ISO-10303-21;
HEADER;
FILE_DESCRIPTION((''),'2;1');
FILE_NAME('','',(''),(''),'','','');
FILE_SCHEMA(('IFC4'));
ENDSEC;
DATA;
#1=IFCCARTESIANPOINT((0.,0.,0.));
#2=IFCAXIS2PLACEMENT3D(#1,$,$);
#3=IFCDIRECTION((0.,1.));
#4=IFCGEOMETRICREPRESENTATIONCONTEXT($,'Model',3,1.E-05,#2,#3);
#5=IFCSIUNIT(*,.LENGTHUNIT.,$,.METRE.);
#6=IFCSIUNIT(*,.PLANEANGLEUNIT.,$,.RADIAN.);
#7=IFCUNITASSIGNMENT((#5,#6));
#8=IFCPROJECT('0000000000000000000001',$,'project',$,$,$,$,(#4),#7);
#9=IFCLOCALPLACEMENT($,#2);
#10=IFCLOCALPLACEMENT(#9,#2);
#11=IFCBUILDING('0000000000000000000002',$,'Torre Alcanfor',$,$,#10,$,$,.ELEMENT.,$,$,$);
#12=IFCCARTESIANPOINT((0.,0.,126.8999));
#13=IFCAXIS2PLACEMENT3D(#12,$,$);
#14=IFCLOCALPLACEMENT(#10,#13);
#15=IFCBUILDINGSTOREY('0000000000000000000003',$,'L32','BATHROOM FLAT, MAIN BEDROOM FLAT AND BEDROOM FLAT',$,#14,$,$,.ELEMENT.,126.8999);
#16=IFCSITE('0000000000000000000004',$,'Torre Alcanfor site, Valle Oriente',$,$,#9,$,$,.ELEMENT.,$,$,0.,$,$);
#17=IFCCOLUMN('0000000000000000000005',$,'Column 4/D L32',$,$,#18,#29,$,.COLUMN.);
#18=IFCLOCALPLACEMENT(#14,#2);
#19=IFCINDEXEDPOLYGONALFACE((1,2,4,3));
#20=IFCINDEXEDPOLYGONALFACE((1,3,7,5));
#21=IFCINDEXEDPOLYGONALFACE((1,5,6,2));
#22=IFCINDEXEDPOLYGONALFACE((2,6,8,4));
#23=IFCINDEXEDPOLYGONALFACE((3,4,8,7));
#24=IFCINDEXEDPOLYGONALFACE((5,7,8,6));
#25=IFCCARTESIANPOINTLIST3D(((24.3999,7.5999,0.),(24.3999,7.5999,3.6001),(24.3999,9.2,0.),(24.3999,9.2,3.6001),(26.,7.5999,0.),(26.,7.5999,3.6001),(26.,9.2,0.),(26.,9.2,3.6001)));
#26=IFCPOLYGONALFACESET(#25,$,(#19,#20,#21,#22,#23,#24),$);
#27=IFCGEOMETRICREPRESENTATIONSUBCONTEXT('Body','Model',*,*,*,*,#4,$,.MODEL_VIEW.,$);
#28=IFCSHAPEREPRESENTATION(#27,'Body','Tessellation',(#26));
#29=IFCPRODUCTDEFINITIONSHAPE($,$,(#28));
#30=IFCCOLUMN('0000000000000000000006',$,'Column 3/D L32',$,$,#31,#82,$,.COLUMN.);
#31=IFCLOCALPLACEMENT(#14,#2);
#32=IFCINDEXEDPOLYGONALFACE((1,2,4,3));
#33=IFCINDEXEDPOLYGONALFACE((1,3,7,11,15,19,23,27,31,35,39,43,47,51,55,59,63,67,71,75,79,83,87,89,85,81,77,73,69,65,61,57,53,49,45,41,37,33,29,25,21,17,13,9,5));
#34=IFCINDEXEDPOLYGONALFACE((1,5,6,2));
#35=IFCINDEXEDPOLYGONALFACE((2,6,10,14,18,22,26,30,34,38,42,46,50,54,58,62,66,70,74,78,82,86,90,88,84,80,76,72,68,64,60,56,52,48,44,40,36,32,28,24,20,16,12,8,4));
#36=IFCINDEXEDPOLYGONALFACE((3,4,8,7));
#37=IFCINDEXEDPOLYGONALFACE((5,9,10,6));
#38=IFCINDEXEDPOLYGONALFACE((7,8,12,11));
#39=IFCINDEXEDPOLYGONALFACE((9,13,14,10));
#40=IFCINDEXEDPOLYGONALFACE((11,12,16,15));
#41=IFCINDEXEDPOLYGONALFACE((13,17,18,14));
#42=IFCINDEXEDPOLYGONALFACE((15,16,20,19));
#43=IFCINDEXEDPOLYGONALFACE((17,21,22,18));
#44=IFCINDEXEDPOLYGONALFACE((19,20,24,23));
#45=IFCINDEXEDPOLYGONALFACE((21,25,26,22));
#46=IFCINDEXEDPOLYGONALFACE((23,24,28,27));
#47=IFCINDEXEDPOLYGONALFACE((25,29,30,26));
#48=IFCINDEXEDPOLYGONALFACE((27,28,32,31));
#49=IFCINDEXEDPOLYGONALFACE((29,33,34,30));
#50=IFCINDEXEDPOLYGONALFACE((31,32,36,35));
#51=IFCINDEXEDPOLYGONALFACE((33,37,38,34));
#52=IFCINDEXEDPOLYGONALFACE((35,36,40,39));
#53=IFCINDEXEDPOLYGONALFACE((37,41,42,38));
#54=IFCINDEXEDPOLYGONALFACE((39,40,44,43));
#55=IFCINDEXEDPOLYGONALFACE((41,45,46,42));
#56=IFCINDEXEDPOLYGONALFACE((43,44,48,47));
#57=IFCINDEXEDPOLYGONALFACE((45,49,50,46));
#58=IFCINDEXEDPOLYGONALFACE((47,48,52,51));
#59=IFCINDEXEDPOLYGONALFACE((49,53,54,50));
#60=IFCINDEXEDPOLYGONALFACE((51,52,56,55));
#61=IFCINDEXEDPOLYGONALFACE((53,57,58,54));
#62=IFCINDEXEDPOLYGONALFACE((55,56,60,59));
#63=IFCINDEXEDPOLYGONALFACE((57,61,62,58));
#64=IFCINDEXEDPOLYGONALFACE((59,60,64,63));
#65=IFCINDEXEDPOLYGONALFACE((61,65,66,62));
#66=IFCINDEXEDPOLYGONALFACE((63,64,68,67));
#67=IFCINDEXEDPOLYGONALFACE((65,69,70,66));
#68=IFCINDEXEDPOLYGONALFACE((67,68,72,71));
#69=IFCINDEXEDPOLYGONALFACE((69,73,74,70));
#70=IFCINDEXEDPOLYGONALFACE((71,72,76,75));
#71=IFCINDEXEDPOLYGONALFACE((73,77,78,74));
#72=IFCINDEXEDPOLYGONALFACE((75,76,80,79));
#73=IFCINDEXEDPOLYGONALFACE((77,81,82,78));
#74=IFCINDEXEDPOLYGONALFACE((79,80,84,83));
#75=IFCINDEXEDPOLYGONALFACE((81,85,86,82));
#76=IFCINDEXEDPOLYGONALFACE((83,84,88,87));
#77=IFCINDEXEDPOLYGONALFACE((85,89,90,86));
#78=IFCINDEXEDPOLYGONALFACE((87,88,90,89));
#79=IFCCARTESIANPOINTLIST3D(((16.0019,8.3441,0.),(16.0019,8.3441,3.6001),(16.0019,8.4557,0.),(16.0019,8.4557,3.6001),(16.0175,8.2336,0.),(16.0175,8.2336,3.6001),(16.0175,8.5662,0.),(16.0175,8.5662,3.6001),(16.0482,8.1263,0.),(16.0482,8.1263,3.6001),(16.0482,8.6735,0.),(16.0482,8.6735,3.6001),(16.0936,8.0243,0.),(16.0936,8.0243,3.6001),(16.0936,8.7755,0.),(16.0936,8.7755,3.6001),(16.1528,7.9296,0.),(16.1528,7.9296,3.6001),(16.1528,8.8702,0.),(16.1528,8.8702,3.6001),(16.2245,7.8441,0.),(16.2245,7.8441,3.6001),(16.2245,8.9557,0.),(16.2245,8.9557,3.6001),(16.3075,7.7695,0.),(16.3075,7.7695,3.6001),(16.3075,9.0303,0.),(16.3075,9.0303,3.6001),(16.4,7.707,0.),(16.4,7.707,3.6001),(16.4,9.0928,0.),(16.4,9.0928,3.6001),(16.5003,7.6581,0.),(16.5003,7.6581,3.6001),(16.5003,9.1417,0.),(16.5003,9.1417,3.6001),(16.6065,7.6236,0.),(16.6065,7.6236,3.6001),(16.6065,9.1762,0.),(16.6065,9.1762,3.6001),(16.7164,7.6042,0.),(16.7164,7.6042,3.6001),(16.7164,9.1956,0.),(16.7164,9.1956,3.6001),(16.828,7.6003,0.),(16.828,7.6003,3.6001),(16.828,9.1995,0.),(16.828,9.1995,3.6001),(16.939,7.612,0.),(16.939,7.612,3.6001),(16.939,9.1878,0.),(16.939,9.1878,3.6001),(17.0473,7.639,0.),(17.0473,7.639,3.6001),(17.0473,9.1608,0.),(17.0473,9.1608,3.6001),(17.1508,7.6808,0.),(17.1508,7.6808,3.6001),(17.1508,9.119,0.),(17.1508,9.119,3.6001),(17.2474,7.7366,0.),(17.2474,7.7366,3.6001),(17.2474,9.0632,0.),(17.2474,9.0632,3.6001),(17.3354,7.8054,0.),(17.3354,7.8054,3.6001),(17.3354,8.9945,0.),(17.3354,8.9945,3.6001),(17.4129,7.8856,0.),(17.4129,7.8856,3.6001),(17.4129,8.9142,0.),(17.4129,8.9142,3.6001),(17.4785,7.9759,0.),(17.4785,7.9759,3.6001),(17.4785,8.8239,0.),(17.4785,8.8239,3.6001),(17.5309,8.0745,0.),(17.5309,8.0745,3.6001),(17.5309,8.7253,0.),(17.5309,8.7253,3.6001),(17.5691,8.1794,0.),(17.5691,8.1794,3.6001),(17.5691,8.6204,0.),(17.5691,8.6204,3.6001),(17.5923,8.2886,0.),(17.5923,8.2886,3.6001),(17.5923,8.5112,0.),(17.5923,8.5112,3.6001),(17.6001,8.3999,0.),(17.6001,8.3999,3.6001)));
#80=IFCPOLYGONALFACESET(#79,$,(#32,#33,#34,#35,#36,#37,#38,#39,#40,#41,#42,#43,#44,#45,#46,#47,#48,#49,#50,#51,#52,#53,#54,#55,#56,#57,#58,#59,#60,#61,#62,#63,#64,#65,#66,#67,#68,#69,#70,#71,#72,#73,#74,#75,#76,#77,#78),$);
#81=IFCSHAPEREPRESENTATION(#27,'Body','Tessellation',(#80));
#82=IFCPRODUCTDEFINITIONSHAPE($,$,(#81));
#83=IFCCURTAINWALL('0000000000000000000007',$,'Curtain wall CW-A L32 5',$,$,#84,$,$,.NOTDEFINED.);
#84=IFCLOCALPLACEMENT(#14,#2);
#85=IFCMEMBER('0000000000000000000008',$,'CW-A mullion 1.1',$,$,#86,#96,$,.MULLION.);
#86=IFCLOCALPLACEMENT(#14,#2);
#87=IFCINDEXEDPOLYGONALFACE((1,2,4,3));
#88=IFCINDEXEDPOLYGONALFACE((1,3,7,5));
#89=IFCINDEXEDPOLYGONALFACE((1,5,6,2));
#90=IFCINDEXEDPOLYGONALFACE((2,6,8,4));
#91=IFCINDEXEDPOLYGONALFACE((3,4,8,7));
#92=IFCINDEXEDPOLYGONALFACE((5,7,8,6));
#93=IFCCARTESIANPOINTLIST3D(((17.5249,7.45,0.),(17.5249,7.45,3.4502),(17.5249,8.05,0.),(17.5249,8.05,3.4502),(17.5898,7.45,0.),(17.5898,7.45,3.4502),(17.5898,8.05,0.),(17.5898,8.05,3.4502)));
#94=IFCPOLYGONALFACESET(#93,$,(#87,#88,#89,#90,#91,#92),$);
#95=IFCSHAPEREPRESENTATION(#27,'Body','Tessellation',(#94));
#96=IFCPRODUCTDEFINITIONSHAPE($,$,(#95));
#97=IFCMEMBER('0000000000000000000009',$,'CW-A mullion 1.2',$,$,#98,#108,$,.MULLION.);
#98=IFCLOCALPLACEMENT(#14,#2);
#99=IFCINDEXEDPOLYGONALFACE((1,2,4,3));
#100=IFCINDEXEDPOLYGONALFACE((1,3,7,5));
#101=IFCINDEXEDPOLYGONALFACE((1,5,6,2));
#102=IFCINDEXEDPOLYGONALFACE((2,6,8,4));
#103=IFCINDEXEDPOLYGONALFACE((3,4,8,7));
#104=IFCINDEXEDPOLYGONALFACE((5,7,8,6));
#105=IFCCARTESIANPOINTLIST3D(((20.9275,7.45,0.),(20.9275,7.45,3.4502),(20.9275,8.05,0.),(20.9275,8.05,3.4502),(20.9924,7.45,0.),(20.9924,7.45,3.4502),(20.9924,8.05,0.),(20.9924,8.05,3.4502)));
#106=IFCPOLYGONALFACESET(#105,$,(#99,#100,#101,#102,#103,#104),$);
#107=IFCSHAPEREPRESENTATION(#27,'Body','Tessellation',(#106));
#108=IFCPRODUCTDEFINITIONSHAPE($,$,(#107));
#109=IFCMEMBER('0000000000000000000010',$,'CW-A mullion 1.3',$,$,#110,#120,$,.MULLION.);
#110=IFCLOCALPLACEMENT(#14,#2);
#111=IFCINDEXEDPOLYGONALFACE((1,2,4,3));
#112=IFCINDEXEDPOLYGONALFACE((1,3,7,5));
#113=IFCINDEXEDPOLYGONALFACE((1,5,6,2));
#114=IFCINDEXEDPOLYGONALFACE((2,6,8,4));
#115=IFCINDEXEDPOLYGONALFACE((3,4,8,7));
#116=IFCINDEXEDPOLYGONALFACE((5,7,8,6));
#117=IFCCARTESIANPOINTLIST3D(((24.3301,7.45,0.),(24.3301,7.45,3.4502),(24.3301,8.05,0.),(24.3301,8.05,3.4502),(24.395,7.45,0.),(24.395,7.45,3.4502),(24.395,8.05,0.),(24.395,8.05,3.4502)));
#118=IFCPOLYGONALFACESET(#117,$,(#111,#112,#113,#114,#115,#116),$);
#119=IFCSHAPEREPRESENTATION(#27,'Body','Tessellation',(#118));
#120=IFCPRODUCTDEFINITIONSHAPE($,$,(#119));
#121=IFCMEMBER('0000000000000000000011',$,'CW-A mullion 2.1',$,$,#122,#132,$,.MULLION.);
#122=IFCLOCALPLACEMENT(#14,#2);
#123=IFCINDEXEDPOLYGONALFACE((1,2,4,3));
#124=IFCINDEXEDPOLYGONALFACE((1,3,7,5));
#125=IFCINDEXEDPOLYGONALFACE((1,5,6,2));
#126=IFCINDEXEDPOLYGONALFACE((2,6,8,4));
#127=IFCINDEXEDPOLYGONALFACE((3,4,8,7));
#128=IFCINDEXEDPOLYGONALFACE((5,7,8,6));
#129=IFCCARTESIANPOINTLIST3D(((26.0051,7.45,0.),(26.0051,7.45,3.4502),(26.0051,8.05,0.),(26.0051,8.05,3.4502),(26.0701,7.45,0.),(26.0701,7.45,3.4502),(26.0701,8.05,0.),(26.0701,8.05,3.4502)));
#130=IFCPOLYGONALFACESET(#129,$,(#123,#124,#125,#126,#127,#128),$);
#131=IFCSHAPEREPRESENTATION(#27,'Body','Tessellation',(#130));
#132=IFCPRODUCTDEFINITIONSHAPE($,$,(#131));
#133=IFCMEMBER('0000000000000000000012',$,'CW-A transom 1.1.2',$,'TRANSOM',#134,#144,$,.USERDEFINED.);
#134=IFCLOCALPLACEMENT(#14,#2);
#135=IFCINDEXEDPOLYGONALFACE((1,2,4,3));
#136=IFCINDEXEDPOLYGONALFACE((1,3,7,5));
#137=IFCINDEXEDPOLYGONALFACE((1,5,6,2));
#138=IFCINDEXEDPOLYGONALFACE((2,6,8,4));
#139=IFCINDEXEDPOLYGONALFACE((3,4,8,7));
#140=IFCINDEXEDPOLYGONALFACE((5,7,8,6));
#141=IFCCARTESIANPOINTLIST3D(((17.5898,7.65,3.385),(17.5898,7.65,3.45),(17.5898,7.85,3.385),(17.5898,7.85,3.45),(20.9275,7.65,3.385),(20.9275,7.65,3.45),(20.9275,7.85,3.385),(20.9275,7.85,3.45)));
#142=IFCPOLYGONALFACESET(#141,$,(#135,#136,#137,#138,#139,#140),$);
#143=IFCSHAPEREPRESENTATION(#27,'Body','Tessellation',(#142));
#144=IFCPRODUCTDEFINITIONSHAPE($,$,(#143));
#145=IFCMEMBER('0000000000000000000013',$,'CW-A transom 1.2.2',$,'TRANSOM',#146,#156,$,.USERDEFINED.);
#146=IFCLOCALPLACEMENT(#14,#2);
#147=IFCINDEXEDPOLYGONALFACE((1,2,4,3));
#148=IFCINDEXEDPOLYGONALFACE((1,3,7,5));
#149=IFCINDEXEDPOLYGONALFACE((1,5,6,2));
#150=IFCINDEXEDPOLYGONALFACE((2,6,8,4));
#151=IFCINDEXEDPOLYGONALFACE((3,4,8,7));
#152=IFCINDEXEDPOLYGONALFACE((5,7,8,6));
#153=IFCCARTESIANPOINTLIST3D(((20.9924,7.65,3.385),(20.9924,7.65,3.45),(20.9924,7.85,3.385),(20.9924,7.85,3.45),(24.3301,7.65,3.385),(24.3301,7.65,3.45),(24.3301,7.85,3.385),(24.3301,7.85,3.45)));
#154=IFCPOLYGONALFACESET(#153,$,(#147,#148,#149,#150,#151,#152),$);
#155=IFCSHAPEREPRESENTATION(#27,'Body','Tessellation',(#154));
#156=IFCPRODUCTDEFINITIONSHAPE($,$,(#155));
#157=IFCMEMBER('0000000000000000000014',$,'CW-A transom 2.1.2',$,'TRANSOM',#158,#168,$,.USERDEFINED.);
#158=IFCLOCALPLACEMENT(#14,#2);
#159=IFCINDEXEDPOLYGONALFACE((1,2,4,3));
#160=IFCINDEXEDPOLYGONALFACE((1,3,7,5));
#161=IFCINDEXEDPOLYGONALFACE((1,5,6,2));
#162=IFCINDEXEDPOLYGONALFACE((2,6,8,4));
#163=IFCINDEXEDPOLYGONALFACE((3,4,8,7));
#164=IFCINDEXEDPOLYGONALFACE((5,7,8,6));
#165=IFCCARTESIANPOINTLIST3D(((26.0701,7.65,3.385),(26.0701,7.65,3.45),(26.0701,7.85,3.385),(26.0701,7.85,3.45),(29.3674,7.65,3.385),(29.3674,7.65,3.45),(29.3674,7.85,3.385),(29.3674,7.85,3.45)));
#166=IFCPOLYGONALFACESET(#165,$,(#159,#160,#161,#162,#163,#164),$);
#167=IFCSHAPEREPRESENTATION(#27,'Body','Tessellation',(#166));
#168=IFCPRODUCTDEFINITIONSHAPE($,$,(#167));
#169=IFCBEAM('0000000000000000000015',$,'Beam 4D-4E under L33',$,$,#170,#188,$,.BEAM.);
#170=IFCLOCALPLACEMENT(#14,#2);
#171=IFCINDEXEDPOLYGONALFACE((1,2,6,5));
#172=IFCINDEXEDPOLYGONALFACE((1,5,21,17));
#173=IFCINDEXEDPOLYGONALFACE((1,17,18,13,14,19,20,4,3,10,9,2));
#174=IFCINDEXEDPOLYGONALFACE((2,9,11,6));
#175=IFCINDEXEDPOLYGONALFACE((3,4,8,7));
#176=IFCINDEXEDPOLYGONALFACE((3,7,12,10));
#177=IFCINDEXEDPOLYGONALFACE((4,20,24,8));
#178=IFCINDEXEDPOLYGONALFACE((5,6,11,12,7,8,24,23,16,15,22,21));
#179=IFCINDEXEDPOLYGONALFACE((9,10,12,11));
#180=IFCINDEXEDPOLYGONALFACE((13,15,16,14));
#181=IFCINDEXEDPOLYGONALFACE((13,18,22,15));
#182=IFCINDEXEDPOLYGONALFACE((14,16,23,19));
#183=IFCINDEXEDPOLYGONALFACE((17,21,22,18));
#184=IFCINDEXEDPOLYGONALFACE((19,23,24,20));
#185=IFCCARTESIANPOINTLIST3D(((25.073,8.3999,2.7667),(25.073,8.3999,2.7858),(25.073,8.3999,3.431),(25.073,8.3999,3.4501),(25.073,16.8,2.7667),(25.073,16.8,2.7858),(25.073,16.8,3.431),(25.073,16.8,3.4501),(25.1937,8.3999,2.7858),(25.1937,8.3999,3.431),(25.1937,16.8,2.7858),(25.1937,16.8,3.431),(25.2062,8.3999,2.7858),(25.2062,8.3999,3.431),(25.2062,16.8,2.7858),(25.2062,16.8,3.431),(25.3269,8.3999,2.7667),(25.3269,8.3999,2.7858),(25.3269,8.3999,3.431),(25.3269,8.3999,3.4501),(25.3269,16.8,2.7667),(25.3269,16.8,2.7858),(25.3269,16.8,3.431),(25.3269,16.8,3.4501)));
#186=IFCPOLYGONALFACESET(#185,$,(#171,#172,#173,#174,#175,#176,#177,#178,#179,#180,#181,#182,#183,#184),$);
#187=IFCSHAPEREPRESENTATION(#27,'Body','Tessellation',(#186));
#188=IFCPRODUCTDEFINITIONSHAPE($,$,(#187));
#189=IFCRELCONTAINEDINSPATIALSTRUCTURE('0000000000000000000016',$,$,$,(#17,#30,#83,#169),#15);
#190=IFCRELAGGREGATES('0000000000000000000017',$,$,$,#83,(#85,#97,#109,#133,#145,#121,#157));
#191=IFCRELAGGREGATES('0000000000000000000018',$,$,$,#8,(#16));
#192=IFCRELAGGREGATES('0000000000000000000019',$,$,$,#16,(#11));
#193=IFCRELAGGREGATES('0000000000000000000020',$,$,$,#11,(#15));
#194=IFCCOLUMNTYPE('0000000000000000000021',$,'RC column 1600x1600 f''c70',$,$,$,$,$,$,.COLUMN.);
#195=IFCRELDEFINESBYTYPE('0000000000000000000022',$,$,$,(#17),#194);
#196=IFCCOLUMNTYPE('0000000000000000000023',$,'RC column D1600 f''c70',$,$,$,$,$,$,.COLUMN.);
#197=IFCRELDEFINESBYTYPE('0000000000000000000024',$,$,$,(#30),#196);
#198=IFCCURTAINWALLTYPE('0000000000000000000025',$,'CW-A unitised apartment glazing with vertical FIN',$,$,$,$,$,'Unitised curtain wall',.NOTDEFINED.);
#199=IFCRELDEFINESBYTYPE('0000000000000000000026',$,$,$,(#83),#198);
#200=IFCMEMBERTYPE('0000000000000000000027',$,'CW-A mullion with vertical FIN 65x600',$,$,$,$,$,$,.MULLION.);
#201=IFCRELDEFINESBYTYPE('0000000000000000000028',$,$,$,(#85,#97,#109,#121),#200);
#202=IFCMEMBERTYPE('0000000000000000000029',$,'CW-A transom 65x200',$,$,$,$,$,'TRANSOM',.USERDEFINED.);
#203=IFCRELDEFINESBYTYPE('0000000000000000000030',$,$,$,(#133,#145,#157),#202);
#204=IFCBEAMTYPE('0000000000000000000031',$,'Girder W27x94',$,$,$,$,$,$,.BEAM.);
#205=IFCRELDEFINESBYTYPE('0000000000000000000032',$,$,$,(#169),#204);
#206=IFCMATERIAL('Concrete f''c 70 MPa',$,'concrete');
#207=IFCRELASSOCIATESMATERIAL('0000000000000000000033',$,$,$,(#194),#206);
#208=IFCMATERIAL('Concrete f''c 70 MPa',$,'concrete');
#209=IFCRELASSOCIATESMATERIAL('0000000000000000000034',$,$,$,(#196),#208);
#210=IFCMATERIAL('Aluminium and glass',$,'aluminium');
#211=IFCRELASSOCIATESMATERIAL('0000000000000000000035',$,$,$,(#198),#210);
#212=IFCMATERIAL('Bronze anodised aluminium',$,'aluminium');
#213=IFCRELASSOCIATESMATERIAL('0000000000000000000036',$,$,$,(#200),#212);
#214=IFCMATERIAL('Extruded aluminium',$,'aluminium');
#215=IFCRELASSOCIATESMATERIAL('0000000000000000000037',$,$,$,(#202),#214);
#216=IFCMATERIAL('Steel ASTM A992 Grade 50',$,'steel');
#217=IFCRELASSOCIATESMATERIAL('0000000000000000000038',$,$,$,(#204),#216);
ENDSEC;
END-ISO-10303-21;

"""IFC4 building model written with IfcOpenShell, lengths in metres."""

from ifc_helpers import new_model, si_unit, direction, frame, origin, origin_2d, place, context, subcontext, project, spatial, rectangle, circle, i_section, extrude, material, material_profile, profile_set, type_object, element, aggregate, save


model = new_model("IFC4")

# Units and contexts
model_context = context("Model", 3, precision=1e-05, world=origin(), true_north=direction((0.0, 1.0)))
body_context = subcontext(model_context, "Body", "Model", "MODEL_VIEW")
ifc_project = project(units=[si_unit("LENGTHUNIT", "METRE"), si_unit("PLANEANGLEUNIT", "RADIAN")], contexts=[model_context])

# Site, building, storey
site_placement = place(None, origin())
site = spatial("IfcSite", under=ifc_project, at=site_placement, Name="Torre Alcanfor site, Valle Oriente", CompositionType="ELEMENT", RefElevation=0.0)
building_placement = place(site_placement, origin())
building = spatial("IfcBuilding", under=site, at=building_placement, Name="Torre Alcanfor", CompositionType="ELEMENT")
storey_placement = place(building_placement, frame((0.0, 0.0, 126.8999)))
storey = spatial("IfcBuildingStorey", under=building, at=storey_placement, Name="L32", Description="BATHROOM FLAT, MAIN BEDROOM FLAT AND BEDROOM FLAT", CompositionType="ELEMENT", Elevation=126.8999)

# Columns
ifc_material_1 = material(Name="Concrete f'c 70 MPa", Category="concrete")
ifc_material_profile_1 = material_profile(ifc_material_1, rectangle(XDim=1.6001, YDim=1.6001, at=origin_2d()), Name="1600x1600")
ifc_profile_set_1 = profile_set([ifc_material_profile_1], Name="Concrete f'c 70 MPa")
column_type_1 = type_object("IfcColumnType", Name="RC column 1600x1600 f'c70", PredefinedType="COLUMN", material=ifc_profile_set_1)
column_1_placement = place(storey_placement, frame((25.2, 8.3999, 0.0), z_axis=(0.0, 0.0, 1.0), x_axis=(1.0, 0.0, 0.0)))
element("IfcColumn", 1, at=column_1_placement, inside=storey, type_object=column_type_1, Name="Column 4/D L32", PredefinedType="COLUMN", context=body_context, shape_type="SweptSolid", body=[
    extrude(rectangle(XDim=1.6001, YDim=1.6001, at=origin_2d()), origin(), (0.0, 0.0, 1.0), 3.6001),
])
ifc_material_2 = material(Name="Concrete f'c 70 MPa", Category="concrete")
ifc_material_profile_2 = material_profile(ifc_material_2, circle(Radius=0.8, at=origin_2d()), Name="D1600")
ifc_profile_set_2 = profile_set([ifc_material_profile_2], Name="Concrete f'c 70 MPa")
column_type_2 = type_object("IfcColumnType", Name="RC column D1600 f'c70", PredefinedType="COLUMN", material=ifc_profile_set_2)
column_2_placement = place(storey_placement, frame((16.8, 8.3999, 0.0), z_axis=(0.0, 0.0, 1.0), x_axis=(1.0, 0.0, 0.0)))
element("IfcColumn", 2, at=column_2_placement, inside=storey, type_object=column_type_2, Name="Column 3/D L32", PredefinedType="COLUMN", context=body_context, shape_type="SweptSolid", body=[
    extrude(circle(Radius=0.8, at=origin_2d()), origin(), (0.0, 0.0, 1.0), 3.6001),
])

# Curtain wall, members
ifc_material_3 = material(Name="Aluminium and glass", Category="aluminium")
curtain_wall_type = type_object("IfcCurtainWallType", Name="CW-A unitised apartment glazing with vertical FIN", ElementType="Unitised curtain wall", PredefinedType="NOTDEFINED", material=ifc_material_3)
curtain_wall_placement = place(storey_placement, origin())
curtain_wall = element("IfcCurtainWall", 3, at=curtain_wall_placement, inside=storey, type_object=curtain_wall_type, Name="Curtain wall CW-A L32 5", PredefinedType="NOTDEFINED")
ifc_material_4 = material(Name="Bronze anodised aluminium", Category="aluminium")
ifc_material_profile_3 = material_profile(ifc_material_4, rectangle(XDim=0.6001, YDim=0.0649, at=origin_2d()), Name="CW-A mullion 65x600")
ifc_profile_set_3 = profile_set([ifc_material_profile_3], Name="Bronze anodised aluminium")
member_type_1 = type_object("IfcMemberType", Name="CW-A mullion with vertical FIN 65x600", PredefinedType="MULLION", material=ifc_profile_set_3)
member_1_placement = place(storey_placement, frame((17.5574, 7.75, 0.0), z_axis=(0.0, 0.0, 1.0), x_axis=(0.0, 1.0, 0.0)))
member_1 = element("IfcMember", 4, at=member_1_placement, type_object=member_type_1, Name="CW-A mullion 1.1", PredefinedType="MULLION", context=body_context, shape_type="SweptSolid", body=[
    extrude(rectangle(XDim=0.6001, YDim=0.0649, at=origin_2d()), origin(), (0.0, 0.0, 1.0), 3.4502),
])
member_2_placement = place(storey_placement, frame((20.96, 7.75, 0.0), z_axis=(0.0, 0.0, 1.0), x_axis=(0.0, 1.0, 0.0)))
member_2 = element("IfcMember", 5, at=member_2_placement, type_object=member_type_1, Name="CW-A mullion 1.2", PredefinedType="MULLION", context=body_context, shape_type="SweptSolid", body=[
    extrude(rectangle(XDim=0.6001, YDim=0.0649, at=origin_2d()), origin(), (0.0, 0.0, 1.0), 3.4502),
])
member_3_placement = place(storey_placement, frame((24.3625, 7.75, 0.0), z_axis=(0.0, 0.0, 1.0), x_axis=(0.0, 1.0, 0.0)))
member_3 = element("IfcMember", 6, at=member_3_placement, type_object=member_type_1, Name="CW-A mullion 1.3", PredefinedType="MULLION", context=body_context, shape_type="SweptSolid", body=[
    extrude(rectangle(XDim=0.6001, YDim=0.0649, at=origin_2d()), origin(), (0.0, 0.0, 1.0), 3.4502),
])
member_4_placement = place(storey_placement, frame((26.0376, 7.75, 0.0), z_axis=(0.0, 0.0, 1.0), x_axis=(0.0, 1.0, 0.0)))
member_4 = element("IfcMember", 7, at=member_4_placement, type_object=member_type_1, Name="CW-A mullion 2.1", PredefinedType="MULLION", context=body_context, shape_type="SweptSolid", body=[
    extrude(rectangle(XDim=0.6001, YDim=0.0649, at=origin_2d()), origin(), (0.0, 0.0, 1.0), 3.4502),
])
ifc_material_5 = material(Name="Extruded aluminium", Category="aluminium")
ifc_material_profile_4 = material_profile(ifc_material_5, rectangle(XDim=0.2, YDim=0.0649, at=origin_2d()), Name="CW-A transom 200x65")
ifc_profile_set_4 = profile_set([ifc_material_profile_4], Name="Extruded aluminium")
member_type_2 = type_object("IfcMemberType", Name="CW-A transom 65x200", ElementType="TRANSOM", PredefinedType="USERDEFINED", material=ifc_profile_set_4)
member_5_placement = place(storey_placement, frame((17.5898, 7.75, 3.4175), z_axis=(1.0, 0.0, 0.0), x_axis=(0.0, 1.0, 0.0)))
member_5 = element("IfcMember", 8, at=member_5_placement, type_object=member_type_2, Name="CW-A transom 1.1.2", ObjectType="TRANSOM", PredefinedType="USERDEFINED", context=body_context, shape_type="SweptSolid", body=[
    extrude(rectangle(XDim=0.2, YDim=0.0649, at=origin_2d()), origin(), (0.0, 0.0, 1.0), 3.3376),
])
member_6_placement = place(storey_placement, frame((20.9924, 7.75, 3.4175), z_axis=(1.0, 0.0, 0.0), x_axis=(0.0, 1.0, 0.0)))
member_6 = element("IfcMember", 9, at=member_6_placement, type_object=member_type_2, Name="CW-A transom 1.2.2", ObjectType="TRANSOM", PredefinedType="USERDEFINED", context=body_context, shape_type="SweptSolid", body=[
    extrude(rectangle(XDim=0.2, YDim=0.0649, at=origin_2d()), origin(), (0.0, 0.0, 1.0), 3.3376),
])
member_7_placement = place(storey_placement, frame((26.0701, 7.75, 3.4175), z_axis=(1.0, 0.0, 0.0), x_axis=(0.0, 1.0, 0.0)))
member_7 = element("IfcMember", 10, at=member_7_placement, type_object=member_type_2, Name="CW-A transom 2.1.2", ObjectType="TRANSOM", PredefinedType="USERDEFINED", context=body_context, shape_type="SweptSolid", body=[
    extrude(rectangle(XDim=0.2, YDim=0.0649, at=origin_2d()), origin(), (0.0, 0.0, 1.0), 3.2974),
])

# Beam
ifc_material_6 = material(Name="Steel ASTM A992 Grade 50", Category="steel")
ifc_material_profile_5 = material_profile(ifc_material_6, i_section(OverallWidth=0.2539, OverallDepth=0.6833, WebThickness=0.0125, FlangeThickness=0.019, at=origin_2d()), Name="W27x94")
ifc_profile_set_5 = profile_set([ifc_material_profile_5], Name="Steel ASTM A992 Grade 50")
beam_type_1 = type_object("IfcBeamType", Name="Girder W27x94", PredefinedType="BEAM", material=ifc_profile_set_5)
beam_1_placement = place(storey_placement, frame((25.2, 8.3999, 3.1084), z_axis=(0.0, 1.0, 0.0), x_axis=(-1.0, 0.0, 0.0)))
element("IfcBeam", 11, at=beam_1_placement, inside=storey, type_object=beam_type_1, Name="Beam 4D-4E under L33", PredefinedType="BEAM", context=body_context, shape_type="SweptSolid", body=[
    extrude(i_section(OverallWidth=0.2539, OverallDepth=0.6833, WebThickness=0.0125, FlangeThickness=0.019, at=origin_2d()), origin(), (0.0, 0.0, 1.0), 8.4001),
])

aggregate(curtain_wall, [member_1, member_2, member_3, member_5, member_6, member_4, member_7])

save(model, "model.ifc")
